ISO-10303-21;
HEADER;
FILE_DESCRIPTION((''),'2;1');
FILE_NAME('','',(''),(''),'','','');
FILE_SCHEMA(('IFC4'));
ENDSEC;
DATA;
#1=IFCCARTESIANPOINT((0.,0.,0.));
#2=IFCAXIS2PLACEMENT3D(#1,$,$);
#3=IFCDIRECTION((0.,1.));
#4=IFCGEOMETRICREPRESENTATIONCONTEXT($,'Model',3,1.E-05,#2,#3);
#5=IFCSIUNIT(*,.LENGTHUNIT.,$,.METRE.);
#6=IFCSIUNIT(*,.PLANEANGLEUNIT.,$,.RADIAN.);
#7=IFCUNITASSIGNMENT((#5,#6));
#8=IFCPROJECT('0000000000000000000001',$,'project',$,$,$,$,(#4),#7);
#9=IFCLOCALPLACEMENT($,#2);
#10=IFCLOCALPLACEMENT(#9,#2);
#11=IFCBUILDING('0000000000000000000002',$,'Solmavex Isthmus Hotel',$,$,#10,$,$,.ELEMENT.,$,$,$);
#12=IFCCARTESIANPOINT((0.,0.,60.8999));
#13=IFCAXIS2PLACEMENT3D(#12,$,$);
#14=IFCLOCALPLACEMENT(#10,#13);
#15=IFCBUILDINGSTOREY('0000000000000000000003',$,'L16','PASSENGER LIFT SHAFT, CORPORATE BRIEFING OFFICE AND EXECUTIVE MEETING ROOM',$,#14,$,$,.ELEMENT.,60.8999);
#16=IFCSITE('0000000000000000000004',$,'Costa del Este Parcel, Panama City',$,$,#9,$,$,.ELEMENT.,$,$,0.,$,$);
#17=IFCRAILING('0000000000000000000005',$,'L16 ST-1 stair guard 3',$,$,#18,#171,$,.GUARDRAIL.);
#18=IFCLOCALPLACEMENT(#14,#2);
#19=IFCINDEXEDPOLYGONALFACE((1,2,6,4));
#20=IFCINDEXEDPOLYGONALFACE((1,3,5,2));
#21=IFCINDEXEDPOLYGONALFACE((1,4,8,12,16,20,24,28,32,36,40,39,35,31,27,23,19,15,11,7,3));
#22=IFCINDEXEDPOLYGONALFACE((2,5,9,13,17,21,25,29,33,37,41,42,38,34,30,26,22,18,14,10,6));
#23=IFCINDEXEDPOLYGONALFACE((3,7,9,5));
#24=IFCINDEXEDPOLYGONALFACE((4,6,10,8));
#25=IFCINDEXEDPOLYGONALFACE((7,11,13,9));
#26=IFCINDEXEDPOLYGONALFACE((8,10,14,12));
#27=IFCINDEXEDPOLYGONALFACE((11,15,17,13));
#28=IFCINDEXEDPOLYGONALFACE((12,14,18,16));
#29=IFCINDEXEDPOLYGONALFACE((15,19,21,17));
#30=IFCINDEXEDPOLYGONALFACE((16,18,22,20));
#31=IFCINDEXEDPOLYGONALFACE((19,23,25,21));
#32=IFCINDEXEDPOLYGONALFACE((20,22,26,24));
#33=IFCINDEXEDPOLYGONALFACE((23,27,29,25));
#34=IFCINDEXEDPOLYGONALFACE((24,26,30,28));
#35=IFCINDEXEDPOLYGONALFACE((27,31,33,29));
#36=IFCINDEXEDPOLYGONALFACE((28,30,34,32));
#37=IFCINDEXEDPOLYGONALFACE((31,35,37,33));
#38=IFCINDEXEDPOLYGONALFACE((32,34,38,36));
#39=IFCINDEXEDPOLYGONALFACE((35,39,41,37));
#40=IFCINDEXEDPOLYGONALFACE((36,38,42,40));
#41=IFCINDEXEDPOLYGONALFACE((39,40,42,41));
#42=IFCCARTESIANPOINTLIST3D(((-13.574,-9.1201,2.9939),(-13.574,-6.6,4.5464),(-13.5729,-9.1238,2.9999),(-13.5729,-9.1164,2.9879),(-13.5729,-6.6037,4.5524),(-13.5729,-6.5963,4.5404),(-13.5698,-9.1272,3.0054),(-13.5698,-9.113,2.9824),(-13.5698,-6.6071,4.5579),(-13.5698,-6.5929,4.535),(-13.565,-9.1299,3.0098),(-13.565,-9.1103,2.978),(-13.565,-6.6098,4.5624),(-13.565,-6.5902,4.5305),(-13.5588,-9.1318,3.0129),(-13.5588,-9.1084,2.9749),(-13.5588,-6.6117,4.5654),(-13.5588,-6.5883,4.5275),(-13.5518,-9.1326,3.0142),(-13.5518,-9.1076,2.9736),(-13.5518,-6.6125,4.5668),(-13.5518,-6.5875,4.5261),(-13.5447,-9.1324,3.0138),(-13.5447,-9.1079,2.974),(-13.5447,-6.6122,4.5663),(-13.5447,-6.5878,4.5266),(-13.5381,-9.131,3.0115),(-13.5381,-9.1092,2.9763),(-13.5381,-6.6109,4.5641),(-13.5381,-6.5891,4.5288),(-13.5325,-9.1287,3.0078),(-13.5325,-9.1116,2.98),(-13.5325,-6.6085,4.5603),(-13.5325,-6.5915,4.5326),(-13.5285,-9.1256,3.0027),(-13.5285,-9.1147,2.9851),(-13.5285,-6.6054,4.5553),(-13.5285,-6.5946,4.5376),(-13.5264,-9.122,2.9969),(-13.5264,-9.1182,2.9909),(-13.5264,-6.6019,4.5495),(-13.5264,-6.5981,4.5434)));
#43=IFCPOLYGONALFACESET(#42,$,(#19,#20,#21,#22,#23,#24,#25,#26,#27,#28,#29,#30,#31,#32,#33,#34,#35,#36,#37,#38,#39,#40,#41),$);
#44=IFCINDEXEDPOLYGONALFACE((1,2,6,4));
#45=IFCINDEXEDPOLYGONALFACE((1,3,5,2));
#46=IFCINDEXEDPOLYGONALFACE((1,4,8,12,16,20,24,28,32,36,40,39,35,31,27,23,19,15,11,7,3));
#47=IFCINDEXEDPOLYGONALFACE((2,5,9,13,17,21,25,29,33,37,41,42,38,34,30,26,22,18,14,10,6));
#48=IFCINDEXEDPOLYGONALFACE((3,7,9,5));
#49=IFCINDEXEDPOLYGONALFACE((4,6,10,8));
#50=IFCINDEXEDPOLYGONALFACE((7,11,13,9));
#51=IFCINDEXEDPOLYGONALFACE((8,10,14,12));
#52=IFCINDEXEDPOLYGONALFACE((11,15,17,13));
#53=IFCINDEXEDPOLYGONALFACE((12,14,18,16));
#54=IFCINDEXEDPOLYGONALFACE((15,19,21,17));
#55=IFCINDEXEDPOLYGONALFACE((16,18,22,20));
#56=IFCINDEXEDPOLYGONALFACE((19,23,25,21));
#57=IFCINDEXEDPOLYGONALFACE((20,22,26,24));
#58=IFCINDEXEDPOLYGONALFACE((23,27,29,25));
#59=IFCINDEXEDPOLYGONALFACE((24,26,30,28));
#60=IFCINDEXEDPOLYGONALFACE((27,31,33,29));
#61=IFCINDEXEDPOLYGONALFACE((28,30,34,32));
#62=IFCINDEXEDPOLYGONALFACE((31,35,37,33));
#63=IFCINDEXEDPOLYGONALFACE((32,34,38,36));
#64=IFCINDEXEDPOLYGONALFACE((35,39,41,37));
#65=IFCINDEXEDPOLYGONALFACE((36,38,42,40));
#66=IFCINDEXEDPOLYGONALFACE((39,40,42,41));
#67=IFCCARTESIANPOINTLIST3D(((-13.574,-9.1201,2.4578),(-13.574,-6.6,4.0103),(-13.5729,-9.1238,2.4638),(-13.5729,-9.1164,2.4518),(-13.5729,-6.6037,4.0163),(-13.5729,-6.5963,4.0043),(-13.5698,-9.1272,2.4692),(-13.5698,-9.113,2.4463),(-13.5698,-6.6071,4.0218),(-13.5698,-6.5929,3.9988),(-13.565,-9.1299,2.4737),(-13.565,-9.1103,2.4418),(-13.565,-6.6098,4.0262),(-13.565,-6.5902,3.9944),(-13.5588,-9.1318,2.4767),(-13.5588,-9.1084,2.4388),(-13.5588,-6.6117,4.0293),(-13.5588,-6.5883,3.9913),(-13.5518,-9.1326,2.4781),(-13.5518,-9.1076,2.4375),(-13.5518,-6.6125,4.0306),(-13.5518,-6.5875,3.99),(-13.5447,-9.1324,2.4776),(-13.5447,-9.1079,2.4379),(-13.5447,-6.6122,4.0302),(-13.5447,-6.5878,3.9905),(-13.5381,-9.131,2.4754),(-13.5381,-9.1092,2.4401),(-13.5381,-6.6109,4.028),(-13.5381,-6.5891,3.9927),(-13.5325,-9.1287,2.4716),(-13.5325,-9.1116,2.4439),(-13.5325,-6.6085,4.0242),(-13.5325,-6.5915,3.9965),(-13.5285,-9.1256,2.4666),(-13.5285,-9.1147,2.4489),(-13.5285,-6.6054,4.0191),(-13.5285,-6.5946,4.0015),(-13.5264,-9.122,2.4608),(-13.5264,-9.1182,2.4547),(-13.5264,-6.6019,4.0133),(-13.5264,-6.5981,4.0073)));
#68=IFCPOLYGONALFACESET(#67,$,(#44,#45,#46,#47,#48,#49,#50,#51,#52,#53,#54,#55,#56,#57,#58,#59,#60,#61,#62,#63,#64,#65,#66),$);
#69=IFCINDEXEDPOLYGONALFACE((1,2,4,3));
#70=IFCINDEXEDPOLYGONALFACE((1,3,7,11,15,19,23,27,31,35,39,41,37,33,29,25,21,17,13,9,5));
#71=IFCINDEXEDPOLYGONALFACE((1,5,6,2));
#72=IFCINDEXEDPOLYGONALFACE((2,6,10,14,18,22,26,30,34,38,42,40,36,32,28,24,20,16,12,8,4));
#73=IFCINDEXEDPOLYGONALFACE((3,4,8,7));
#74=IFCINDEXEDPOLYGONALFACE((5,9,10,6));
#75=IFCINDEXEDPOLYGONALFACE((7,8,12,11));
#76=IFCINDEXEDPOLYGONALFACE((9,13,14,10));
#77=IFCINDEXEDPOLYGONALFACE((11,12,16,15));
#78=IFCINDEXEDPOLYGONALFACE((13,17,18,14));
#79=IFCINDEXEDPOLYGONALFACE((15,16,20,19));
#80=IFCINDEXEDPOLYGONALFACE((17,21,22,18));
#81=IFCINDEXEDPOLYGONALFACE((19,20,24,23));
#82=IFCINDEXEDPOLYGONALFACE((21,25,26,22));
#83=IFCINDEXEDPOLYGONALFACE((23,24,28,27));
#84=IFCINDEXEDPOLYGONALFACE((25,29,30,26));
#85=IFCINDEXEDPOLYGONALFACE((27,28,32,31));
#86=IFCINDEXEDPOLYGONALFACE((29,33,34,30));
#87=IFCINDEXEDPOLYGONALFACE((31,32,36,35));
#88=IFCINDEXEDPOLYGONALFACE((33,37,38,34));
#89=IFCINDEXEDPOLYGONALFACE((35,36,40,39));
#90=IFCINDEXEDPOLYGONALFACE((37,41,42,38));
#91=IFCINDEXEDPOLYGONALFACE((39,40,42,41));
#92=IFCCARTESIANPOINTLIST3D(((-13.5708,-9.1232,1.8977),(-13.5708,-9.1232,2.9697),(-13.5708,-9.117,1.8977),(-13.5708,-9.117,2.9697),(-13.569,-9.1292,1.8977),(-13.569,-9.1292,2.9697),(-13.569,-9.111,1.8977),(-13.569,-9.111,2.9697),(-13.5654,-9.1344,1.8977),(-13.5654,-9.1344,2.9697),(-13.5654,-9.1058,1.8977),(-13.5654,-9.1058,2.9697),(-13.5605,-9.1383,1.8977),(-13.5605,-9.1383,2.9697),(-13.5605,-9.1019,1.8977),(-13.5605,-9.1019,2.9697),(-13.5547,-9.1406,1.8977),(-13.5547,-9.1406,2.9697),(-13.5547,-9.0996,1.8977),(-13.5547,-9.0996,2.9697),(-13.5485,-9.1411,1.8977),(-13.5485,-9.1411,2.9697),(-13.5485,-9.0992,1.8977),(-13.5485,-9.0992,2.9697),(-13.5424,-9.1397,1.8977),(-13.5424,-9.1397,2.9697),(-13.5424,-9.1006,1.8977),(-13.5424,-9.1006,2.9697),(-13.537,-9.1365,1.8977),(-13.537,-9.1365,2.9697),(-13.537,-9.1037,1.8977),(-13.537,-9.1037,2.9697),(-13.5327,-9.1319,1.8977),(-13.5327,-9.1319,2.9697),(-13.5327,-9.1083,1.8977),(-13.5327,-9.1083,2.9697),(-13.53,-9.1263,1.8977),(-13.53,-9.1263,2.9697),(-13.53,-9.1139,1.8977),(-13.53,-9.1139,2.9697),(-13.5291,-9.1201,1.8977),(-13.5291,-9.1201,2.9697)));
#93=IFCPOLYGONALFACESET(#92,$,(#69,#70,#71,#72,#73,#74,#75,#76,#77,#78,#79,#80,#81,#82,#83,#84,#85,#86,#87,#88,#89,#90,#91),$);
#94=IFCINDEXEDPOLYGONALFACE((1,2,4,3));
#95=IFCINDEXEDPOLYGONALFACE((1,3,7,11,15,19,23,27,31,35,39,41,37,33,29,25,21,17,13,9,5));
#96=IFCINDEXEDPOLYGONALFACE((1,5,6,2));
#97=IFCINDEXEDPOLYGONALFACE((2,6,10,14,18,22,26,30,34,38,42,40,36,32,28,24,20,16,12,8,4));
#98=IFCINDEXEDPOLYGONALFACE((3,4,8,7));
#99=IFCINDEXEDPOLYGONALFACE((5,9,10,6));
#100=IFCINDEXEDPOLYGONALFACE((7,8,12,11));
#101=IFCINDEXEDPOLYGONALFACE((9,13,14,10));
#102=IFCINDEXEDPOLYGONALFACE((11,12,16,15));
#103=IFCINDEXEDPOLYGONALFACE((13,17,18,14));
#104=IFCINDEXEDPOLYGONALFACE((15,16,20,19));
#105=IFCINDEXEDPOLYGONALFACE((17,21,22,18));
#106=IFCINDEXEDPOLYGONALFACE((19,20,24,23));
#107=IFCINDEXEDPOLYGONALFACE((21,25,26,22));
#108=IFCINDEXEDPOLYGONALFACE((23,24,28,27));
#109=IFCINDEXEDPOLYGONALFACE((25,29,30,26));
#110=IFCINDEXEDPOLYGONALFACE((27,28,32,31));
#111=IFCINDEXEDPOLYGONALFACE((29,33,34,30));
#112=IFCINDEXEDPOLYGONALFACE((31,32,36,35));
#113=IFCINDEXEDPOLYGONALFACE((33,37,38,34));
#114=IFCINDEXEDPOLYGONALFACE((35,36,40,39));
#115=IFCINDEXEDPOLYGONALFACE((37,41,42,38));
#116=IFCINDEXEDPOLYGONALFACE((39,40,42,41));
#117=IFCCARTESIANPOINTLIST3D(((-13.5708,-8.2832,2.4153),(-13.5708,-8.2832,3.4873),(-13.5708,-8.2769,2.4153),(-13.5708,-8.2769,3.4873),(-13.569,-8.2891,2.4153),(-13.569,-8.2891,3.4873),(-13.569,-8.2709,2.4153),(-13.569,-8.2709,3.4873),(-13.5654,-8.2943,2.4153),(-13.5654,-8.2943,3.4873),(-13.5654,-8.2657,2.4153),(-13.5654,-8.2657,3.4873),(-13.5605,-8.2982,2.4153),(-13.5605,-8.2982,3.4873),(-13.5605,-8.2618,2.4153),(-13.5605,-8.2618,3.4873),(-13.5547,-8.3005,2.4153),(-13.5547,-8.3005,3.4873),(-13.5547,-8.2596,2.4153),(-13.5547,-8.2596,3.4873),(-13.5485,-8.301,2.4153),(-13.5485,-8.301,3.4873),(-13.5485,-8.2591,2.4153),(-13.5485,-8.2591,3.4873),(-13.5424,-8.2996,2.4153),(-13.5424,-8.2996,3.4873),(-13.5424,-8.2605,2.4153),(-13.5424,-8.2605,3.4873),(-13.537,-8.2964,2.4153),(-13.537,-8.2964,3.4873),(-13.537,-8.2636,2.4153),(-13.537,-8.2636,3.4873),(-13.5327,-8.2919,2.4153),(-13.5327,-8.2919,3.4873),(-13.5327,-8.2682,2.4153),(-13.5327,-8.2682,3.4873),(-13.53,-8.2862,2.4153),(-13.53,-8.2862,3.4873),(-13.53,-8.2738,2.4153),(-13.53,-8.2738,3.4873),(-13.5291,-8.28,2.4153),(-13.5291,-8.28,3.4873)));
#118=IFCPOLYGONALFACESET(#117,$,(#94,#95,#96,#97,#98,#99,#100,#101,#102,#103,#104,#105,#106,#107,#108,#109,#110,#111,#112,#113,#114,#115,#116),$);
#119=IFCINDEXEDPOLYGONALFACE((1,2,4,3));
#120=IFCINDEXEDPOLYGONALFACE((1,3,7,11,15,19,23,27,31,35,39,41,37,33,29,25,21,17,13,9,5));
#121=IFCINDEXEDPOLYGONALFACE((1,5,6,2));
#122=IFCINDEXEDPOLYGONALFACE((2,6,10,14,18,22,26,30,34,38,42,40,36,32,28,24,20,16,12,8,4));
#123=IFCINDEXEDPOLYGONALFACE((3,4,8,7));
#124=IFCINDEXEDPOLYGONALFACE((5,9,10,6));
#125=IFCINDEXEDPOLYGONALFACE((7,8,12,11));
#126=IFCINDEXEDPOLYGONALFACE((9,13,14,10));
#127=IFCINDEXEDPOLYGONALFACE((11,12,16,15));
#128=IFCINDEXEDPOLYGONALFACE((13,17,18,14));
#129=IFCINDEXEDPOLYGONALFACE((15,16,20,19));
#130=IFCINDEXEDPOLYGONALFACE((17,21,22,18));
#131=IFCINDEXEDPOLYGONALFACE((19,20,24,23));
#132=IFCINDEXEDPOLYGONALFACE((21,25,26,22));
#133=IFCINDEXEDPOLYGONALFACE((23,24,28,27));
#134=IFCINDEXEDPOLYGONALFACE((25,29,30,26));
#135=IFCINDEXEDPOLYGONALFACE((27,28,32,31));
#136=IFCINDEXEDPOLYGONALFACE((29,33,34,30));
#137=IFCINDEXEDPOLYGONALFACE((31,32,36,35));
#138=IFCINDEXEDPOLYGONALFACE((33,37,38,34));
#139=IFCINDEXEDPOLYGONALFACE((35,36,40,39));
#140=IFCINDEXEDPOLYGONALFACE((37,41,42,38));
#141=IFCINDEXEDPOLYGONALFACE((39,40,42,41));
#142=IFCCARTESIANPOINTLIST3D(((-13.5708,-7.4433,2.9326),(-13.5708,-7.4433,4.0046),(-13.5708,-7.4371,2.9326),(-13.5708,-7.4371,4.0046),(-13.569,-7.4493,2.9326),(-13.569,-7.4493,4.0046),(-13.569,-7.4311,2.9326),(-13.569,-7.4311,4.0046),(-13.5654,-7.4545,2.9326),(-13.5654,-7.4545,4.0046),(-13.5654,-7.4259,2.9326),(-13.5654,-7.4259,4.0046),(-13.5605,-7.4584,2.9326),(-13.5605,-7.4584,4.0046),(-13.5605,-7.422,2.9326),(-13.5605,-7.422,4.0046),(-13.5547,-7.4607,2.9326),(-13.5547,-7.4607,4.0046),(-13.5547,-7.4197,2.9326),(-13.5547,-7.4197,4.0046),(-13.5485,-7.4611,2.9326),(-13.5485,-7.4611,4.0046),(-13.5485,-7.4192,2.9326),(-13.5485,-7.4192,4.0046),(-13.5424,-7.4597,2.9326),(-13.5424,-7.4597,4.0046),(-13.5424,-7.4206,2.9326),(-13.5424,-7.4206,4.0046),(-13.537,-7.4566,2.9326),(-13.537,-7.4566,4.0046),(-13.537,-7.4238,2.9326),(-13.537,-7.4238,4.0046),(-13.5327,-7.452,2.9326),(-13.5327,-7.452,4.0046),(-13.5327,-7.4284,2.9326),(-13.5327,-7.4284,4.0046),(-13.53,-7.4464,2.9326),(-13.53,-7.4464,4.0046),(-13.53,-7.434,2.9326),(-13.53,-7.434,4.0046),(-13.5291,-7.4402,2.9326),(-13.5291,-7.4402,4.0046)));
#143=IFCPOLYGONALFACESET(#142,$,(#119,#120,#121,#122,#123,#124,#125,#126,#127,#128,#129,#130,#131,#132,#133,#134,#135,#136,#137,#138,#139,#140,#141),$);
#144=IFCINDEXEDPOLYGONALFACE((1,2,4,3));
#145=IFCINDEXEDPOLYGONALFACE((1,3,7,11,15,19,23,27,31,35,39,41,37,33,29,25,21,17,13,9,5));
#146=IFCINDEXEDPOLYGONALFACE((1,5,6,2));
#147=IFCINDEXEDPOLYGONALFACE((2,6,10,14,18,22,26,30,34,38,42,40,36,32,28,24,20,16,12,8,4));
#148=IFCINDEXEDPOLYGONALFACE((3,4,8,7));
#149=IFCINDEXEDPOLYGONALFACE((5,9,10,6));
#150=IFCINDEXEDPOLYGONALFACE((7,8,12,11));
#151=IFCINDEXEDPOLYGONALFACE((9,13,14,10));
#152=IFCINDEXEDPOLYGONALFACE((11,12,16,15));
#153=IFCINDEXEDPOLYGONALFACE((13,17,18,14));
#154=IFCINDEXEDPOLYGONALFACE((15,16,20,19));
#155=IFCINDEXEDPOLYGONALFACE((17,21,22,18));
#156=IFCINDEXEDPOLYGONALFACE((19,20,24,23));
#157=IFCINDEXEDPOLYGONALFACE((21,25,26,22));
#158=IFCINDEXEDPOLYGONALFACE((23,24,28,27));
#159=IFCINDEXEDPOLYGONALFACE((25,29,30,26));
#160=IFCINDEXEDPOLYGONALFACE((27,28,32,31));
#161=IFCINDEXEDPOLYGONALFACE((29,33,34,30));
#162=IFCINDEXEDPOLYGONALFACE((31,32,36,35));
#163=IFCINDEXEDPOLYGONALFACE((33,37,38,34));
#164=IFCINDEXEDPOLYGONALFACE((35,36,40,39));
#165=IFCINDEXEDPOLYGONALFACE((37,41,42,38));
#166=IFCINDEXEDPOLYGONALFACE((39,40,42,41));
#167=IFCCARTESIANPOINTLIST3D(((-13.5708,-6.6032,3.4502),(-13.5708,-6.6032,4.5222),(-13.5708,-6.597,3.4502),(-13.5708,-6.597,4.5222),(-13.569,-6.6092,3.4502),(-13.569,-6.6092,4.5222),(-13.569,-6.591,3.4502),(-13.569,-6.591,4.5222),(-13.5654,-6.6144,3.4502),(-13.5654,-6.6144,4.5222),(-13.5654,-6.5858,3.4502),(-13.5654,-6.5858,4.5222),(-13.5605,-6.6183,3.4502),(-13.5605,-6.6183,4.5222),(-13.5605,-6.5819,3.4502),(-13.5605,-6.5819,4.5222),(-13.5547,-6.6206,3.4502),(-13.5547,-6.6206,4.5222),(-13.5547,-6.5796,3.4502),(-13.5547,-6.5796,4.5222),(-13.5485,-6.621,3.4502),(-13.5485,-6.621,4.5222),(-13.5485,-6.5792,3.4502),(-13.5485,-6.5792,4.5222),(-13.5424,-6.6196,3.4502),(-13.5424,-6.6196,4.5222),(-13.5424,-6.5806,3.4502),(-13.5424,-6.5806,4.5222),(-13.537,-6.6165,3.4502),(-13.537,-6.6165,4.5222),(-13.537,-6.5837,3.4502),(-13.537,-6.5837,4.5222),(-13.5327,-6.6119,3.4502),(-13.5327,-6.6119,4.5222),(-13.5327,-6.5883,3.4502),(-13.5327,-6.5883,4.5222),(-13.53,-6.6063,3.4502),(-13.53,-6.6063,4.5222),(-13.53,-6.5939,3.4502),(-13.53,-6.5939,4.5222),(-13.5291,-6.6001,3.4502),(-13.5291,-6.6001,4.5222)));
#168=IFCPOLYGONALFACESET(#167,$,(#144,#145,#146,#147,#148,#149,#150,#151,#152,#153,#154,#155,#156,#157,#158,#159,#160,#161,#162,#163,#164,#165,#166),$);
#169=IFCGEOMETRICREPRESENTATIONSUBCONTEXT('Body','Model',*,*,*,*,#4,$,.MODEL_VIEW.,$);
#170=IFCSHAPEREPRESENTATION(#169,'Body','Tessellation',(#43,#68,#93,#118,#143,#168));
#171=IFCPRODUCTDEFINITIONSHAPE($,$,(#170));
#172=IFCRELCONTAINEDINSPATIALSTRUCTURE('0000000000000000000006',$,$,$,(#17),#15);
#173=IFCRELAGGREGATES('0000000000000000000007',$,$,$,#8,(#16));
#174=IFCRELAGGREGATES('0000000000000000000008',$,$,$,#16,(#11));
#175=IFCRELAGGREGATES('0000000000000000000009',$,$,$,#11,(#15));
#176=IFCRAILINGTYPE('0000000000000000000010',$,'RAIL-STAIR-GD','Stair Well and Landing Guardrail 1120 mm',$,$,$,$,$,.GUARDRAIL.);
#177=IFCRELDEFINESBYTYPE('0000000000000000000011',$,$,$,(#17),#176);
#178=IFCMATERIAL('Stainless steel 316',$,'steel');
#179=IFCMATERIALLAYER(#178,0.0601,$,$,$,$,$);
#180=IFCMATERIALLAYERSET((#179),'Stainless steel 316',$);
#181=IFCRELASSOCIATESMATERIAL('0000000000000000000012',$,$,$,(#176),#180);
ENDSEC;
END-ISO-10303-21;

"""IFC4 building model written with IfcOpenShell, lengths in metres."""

from ifc_helpers import new_model, si_unit, direction, frame, origin, origin_2d, place, context, subcontext, project, spatial, circle, extrude, material, layer, layer_set, type_object, element, save


model = new_model("IFC4")

# Units and contexts
model_context = context("Model", 3, precision=1e-05, world=origin(), true_north=direction((0.0, 1.0)))
body_context = subcontext(model_context, "Body", "Model", "MODEL_VIEW")
ifc_project = project(units=[si_unit("LENGTHUNIT", "METRE"), si_unit("PLANEANGLEUNIT", "RADIAN")], contexts=[model_context])

# Site, building, storey
site_placement = place(None, origin())
site = spatial("IfcSite", under=ifc_project, at=site_placement, Name="Costa del Este Parcel, Panama City", CompositionType="ELEMENT", RefElevation=0.0)
building_placement = place(site_placement, origin())
building = spatial("IfcBuilding", under=site, at=building_placement, Name="Solmavex Isthmus Hotel", CompositionType="ELEMENT")
storey_placement = place(building_placement, frame((0.0, 0.0, 60.8999)))
storey = spatial("IfcBuildingStorey", under=building, at=storey_placement, Name="L16", Description="PASSENGER LIFT SHAFT, CORPORATE BRIEFING OFFICE AND EXECUTIVE MEETING ROOM", CompositionType="ELEMENT", Elevation=60.8999)

# Shared definitions
ifc_material_1 = material(Name="Stainless steel 316", Category="steel")

# Railing
ifc_layer_1 = layer(ifc_material_1, 0.0601)
ifc_layer_set_1 = layer_set([ifc_layer_1], Name="Stainless steel 316")
railing_type_1 = type_object("IfcRailingType", Name="RAIL-STAIR-GD", Description="Stair Well and Landing Guardrail 1120 mm", PredefinedType="GUARDRAIL", material=ifc_layer_set_1)
railing_1_placement = place(storey_placement, frame((-13.55, -9.1201, 1.8977)))
element("IfcRailing", 1, at=railing_1_placement, inside=storey, type_object=railing_type_1, Name="L16 ST-1 stair guard 3", PredefinedType="GUARDRAIL", context=body_context, shape_type="SweptSolid", body=[
    extrude(circle(Radius=0.0239, at=origin_2d()), frame((0.0, 0.0, 1.0962), z_axis=(0.0, 0.8514, 0.524516), x_axis=(-1.0, 0.0, 0.0)), (0.0, 0.0, 1.0), 2.96),
    extrude(circle(Radius=0.0239, at=origin_2d()), frame((0.0, 0.0, 0.5601), z_axis=(0.0, 0.8514, 0.524516), x_axis=(-1.0, 0.0, 0.0)), (0.0, 0.0, 1.0), 2.96),
    extrude(circle(Radius=0.021, at=origin_2d()), origin(), (0.0, 0.0, 1.0), 1.072),
    extrude(circle(Radius=0.021, at=origin_2d()), frame((0.0, 0.8401, 0.5176)), (0.0, 0.0, 1.0), 1.072),
    extrude(circle(Radius=0.021, at=origin_2d()), frame((0.0, 1.6799, 1.0349)), (0.0, 0.0, 1.0), 1.072),
    extrude(circle(Radius=0.021, at=origin_2d()), frame((0.0, 2.52, 1.5525)), (0.0, 0.0, 1.0), 1.072),
])

save(model, "model.ifc")
